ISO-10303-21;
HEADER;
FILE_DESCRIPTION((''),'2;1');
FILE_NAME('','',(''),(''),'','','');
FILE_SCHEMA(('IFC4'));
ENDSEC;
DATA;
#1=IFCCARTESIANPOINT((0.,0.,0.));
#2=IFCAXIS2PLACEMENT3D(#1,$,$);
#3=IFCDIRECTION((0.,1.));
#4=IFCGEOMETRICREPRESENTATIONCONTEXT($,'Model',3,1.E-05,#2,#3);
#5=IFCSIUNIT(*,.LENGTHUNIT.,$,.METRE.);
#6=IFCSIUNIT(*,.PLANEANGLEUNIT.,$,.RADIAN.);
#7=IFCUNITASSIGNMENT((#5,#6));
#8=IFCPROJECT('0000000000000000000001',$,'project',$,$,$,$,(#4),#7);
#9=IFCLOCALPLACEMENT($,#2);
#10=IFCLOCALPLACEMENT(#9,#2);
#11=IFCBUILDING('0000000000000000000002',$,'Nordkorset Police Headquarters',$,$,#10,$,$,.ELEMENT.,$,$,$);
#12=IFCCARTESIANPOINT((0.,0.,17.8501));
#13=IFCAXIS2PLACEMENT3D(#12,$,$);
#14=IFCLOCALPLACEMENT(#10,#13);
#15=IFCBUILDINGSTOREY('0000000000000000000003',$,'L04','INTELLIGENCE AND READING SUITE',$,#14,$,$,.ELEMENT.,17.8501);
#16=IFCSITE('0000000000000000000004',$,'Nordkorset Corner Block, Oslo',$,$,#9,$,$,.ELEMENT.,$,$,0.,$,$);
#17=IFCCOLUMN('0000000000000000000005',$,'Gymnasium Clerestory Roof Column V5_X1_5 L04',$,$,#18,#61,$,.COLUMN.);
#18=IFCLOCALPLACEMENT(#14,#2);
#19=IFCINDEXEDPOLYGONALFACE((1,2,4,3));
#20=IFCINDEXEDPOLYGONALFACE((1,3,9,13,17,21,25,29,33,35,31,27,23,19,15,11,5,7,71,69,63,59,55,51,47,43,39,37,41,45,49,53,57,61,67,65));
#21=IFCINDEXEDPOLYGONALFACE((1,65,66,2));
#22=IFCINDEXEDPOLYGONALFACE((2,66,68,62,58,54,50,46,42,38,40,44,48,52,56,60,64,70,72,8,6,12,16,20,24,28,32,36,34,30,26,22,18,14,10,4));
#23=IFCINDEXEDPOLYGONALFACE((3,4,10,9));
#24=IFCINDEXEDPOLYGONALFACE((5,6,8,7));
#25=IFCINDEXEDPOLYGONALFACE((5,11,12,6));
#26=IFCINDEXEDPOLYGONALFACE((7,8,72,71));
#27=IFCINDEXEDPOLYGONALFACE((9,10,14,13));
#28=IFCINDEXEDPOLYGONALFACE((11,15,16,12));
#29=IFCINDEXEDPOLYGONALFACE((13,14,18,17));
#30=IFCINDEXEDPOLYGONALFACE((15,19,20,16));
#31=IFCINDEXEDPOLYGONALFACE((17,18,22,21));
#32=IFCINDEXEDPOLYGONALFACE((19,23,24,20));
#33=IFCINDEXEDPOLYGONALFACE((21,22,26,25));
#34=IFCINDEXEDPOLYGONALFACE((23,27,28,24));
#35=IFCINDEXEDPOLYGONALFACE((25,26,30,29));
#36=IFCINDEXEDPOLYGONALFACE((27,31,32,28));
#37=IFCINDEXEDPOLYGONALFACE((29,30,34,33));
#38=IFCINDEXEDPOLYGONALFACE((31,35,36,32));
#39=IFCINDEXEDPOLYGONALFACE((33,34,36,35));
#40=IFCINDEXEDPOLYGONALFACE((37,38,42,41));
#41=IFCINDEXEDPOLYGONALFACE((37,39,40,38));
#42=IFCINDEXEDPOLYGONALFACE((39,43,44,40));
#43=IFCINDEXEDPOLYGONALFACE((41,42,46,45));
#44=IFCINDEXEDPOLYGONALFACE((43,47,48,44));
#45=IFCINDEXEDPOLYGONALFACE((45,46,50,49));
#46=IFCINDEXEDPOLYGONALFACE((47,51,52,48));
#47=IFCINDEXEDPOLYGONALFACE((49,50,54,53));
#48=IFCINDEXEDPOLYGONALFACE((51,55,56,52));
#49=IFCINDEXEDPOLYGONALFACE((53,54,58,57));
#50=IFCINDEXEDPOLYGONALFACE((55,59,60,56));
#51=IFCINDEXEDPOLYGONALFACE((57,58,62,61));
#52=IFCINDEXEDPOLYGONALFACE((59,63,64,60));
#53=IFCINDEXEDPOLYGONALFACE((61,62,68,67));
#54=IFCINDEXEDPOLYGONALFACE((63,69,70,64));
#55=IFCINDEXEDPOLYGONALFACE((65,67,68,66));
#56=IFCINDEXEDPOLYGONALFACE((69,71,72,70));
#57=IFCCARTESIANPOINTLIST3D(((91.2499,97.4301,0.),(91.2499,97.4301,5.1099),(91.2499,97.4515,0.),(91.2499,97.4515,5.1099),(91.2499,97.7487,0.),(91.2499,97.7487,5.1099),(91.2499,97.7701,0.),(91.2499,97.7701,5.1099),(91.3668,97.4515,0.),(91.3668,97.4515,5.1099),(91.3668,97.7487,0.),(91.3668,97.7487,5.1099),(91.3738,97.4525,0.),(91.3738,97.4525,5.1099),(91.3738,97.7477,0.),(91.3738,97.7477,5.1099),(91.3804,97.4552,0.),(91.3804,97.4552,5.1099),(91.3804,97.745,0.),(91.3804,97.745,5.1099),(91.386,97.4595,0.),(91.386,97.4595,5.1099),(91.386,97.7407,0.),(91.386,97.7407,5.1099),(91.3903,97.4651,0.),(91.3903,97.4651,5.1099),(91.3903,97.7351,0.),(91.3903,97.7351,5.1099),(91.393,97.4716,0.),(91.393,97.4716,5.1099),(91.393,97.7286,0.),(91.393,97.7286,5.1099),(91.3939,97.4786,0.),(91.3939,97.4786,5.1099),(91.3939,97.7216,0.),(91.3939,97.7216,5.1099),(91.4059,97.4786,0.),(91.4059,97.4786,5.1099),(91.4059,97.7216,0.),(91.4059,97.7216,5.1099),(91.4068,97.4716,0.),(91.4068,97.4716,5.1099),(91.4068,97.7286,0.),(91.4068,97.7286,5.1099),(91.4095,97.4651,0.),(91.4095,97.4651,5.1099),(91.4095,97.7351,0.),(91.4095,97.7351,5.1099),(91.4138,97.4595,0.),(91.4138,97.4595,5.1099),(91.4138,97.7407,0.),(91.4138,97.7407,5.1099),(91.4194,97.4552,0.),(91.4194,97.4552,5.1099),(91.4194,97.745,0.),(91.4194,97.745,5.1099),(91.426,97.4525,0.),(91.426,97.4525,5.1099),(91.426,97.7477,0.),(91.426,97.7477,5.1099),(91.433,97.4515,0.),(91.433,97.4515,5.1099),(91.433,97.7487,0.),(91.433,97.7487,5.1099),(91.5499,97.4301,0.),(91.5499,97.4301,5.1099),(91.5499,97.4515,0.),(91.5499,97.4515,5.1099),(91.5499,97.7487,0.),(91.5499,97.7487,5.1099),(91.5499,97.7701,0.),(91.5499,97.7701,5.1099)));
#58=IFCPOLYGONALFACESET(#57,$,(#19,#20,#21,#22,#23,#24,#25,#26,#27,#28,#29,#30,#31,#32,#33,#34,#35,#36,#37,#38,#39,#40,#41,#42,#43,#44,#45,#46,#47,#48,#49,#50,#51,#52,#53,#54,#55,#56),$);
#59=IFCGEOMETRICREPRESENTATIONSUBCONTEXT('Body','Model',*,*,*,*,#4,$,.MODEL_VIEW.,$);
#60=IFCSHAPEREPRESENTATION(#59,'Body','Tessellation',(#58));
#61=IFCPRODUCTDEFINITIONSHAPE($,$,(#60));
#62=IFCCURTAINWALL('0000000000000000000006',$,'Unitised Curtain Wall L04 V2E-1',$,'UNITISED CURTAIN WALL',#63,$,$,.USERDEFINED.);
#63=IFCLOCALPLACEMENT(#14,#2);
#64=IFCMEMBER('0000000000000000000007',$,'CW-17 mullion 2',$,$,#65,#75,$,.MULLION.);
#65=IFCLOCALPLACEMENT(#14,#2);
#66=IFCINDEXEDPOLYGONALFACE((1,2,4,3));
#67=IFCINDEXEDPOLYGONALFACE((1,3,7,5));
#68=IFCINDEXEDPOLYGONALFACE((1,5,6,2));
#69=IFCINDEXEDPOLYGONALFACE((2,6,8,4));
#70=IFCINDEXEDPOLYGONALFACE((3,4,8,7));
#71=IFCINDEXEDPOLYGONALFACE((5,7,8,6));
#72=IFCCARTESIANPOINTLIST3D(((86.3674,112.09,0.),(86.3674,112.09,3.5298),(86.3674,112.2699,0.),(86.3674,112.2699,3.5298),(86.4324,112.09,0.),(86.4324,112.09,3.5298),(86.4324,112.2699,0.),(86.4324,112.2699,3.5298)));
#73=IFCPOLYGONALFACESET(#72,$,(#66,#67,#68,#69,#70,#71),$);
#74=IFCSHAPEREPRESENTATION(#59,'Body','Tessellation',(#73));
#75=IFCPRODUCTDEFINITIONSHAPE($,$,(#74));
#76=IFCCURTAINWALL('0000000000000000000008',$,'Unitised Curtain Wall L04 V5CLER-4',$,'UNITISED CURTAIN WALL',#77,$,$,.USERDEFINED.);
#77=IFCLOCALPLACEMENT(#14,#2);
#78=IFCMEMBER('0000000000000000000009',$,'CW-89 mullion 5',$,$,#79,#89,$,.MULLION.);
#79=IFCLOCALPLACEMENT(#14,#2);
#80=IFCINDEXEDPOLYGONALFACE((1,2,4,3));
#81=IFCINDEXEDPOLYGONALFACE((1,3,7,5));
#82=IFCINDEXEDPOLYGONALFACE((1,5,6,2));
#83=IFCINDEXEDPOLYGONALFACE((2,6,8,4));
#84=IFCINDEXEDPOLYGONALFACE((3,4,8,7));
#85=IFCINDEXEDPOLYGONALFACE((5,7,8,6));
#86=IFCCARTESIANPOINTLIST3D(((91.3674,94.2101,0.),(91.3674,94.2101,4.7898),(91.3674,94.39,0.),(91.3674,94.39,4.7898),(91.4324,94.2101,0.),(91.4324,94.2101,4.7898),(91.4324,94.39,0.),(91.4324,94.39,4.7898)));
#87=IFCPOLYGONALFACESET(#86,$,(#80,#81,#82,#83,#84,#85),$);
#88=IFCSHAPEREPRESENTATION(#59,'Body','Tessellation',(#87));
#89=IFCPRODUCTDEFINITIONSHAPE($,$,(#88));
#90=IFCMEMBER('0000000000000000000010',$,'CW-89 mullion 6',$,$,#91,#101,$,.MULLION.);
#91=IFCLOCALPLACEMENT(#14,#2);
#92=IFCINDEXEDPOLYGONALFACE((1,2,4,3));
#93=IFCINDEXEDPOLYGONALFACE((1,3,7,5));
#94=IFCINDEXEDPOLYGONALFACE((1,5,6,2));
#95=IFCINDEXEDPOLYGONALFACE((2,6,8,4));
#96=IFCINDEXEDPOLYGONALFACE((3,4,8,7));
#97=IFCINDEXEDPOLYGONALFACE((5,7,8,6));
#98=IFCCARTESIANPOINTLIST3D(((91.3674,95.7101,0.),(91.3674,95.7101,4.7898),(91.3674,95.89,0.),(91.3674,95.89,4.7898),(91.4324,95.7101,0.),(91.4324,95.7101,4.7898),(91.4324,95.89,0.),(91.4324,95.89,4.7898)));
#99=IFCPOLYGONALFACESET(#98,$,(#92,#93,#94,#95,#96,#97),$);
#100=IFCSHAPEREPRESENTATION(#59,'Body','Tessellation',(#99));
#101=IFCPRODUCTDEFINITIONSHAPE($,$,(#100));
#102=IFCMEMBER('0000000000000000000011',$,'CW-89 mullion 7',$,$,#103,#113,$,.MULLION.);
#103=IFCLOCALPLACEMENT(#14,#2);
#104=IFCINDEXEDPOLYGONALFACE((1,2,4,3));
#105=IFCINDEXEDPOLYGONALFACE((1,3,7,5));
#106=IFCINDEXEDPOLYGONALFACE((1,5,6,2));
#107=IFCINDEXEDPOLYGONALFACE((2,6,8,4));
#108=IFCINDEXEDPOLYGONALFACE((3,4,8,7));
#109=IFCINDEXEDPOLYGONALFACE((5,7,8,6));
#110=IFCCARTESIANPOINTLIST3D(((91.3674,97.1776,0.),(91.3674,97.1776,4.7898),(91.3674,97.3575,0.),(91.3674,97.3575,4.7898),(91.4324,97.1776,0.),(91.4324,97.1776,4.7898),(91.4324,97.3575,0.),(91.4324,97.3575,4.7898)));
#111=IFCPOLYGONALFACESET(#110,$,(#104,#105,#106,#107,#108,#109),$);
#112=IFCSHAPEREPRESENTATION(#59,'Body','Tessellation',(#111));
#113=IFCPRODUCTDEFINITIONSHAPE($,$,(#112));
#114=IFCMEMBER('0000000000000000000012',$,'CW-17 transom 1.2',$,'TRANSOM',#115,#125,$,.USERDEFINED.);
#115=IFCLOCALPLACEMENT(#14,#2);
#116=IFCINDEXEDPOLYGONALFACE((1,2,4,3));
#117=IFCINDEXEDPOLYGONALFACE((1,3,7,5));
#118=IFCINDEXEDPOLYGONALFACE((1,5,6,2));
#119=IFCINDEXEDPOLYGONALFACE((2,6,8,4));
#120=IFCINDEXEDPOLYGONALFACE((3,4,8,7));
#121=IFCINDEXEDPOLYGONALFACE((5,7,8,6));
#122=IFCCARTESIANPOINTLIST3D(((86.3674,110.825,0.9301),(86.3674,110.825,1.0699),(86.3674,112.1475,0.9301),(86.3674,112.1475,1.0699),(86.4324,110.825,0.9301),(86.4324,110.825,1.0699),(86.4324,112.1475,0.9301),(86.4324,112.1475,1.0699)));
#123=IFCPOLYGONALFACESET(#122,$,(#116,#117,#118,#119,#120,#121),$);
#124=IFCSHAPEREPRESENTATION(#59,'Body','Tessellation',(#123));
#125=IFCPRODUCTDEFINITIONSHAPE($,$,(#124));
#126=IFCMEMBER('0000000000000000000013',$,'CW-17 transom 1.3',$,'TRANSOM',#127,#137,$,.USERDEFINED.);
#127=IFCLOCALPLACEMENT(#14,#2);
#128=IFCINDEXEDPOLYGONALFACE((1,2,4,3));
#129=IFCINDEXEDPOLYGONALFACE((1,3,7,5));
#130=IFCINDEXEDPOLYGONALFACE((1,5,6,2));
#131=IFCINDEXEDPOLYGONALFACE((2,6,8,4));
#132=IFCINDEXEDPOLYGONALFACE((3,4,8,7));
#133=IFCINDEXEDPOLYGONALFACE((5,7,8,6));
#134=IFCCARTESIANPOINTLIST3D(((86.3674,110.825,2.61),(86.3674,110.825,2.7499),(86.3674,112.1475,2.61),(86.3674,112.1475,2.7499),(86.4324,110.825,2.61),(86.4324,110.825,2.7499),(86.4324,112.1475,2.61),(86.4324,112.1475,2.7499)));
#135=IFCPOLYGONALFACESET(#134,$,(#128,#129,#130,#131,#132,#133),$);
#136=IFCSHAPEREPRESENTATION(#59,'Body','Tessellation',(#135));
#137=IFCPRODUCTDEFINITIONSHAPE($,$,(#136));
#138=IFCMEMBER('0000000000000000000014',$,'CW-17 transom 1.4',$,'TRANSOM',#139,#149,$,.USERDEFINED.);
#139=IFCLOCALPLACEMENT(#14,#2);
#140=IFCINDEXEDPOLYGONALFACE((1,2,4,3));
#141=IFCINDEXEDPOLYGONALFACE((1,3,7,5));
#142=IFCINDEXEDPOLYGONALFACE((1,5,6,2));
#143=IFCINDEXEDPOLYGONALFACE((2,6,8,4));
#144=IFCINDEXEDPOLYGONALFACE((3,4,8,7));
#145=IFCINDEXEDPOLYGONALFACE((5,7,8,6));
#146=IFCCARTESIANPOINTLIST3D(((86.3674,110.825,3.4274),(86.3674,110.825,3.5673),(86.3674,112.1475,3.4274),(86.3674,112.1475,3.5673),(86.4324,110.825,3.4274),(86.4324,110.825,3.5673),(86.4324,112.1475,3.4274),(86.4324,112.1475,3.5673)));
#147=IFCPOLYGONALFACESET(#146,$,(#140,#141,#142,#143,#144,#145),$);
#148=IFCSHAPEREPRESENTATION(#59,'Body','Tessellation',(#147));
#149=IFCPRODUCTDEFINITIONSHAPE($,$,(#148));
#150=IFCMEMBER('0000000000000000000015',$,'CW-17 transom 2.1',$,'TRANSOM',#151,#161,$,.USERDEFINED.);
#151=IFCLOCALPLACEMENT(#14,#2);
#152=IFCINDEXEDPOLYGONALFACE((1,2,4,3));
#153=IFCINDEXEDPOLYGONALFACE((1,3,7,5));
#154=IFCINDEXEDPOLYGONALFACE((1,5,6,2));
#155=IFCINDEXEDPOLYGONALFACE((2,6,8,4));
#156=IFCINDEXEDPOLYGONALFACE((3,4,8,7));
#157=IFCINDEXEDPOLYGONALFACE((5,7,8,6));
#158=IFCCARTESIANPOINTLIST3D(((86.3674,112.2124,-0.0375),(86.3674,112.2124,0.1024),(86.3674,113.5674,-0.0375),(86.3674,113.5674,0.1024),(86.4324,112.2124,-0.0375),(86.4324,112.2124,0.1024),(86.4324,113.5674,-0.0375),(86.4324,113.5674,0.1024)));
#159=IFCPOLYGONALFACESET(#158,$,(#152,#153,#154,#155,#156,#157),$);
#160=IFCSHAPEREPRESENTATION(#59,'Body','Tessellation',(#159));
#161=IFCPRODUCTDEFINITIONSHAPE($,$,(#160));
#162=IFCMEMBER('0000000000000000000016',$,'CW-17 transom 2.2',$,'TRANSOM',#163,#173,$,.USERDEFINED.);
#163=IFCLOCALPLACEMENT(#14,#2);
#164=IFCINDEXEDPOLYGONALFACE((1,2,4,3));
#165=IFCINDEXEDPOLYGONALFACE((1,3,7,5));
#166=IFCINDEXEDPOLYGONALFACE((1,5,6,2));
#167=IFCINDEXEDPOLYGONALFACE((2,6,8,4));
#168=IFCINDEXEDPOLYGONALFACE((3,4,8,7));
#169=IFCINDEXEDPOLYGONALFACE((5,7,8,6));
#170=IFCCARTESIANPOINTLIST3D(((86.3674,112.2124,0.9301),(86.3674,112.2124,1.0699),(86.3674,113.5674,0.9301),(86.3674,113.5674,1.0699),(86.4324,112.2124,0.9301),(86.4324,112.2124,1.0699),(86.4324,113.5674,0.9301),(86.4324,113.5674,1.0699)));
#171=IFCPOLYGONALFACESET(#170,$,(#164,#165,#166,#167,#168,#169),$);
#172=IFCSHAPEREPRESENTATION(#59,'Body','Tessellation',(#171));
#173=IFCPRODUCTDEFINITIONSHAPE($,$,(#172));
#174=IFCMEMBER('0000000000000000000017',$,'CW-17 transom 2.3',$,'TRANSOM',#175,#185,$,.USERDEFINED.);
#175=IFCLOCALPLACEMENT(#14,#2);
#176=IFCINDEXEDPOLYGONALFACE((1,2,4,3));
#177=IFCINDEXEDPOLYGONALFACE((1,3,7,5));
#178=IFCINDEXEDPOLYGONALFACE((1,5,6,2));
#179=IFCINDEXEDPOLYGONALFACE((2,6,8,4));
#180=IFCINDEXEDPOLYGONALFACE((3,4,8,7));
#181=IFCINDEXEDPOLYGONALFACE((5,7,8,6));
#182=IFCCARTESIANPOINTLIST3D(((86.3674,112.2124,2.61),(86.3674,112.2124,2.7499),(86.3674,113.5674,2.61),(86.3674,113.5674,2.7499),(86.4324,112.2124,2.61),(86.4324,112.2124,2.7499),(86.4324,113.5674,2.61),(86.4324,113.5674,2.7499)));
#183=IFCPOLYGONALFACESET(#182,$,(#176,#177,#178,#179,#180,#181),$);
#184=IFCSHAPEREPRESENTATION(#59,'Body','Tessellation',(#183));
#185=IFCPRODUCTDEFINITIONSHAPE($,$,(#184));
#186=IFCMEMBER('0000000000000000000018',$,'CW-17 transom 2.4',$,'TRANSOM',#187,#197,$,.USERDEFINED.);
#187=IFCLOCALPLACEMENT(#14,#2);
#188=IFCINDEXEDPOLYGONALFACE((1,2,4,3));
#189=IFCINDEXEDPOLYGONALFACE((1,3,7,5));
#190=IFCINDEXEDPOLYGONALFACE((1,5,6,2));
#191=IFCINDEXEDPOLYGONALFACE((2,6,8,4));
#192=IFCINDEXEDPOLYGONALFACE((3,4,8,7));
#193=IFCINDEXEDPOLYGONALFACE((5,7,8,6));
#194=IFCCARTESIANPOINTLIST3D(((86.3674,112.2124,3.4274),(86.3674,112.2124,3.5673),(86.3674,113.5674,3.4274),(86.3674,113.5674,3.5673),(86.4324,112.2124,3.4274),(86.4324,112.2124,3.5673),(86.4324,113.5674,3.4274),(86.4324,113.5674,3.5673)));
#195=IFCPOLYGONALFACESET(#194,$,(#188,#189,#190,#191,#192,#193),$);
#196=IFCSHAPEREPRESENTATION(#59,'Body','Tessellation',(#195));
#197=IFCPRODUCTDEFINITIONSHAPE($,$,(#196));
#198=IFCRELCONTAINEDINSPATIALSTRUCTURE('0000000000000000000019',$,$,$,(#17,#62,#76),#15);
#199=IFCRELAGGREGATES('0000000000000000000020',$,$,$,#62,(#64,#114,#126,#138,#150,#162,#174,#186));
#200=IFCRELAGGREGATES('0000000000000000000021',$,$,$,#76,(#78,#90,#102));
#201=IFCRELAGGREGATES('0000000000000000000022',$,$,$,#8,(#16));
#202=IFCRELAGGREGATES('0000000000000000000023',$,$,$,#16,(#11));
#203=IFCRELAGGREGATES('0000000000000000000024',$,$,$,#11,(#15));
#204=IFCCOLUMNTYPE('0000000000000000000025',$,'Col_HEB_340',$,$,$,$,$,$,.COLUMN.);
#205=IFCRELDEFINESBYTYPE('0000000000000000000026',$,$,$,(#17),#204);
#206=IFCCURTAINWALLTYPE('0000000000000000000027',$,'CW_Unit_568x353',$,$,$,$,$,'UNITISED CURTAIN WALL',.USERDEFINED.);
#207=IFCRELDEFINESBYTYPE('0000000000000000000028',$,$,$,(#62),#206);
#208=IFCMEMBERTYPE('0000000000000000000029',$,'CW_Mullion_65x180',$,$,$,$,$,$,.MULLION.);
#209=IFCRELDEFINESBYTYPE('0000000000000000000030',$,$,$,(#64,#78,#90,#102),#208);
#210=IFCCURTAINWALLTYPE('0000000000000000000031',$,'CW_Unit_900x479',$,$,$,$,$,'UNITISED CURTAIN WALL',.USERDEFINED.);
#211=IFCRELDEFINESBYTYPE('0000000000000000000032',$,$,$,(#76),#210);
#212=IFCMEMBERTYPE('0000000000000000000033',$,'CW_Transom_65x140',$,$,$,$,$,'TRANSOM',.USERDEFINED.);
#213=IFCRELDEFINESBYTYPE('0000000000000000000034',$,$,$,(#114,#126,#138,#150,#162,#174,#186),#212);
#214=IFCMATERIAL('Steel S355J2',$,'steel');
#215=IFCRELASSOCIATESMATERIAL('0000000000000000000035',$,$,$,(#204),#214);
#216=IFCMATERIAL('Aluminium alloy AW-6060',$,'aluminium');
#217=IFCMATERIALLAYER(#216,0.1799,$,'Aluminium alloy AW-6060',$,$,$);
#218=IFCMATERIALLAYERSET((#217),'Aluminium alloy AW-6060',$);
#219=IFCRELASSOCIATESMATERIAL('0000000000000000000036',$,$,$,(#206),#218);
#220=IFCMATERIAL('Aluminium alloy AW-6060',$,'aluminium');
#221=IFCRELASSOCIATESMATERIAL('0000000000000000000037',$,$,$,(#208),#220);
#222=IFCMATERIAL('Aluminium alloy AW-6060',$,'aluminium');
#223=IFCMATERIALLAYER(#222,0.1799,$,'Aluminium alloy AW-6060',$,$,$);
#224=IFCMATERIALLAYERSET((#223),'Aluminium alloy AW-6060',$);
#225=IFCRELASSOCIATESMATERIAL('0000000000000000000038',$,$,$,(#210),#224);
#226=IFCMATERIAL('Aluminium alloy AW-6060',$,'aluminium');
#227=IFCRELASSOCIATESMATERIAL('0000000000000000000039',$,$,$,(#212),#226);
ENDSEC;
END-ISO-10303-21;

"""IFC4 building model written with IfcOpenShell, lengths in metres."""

from ifc_helpers import new_model, si_unit, direction, frame, origin, origin_2d, place, context, subcontext, project, spatial, rectangle, i_section, extrude, material, layer, layer_set, material_profile, profile_set, type_object, element, aggregate, save


model = new_model("IFC4")

# Units and contexts
model_context = context("Model", 3, precision=1e-05, world=origin(), true_north=direction((0.0, 1.0)))
body_context = subcontext(model_context, "Body", "Model", "MODEL_VIEW")
ifc_project = project(units=[si_unit("LENGTHUNIT", "METRE"), si_unit("PLANEANGLEUNIT", "RADIAN")], contexts=[model_context])

# Site, building, storey
site_placement = place(None, origin())
site = spatial("IfcSite", under=ifc_project, at=site_placement, Name="Nordkorset Corner Block, Oslo", CompositionType="ELEMENT", RefElevation=0.0)
building_placement = place(site_placement, origin())
building = spatial("IfcBuilding", under=site, at=building_placement, Name="Nordkorset Police Headquarters", CompositionType="ELEMENT")
storey_placement = place(building_placement, frame((0.0, 0.0, 17.8501)))
storey = spatial("IfcBuildingStorey", under=building, at=storey_placement, Name="L04", Description="INTELLIGENCE AND READING SUITE", CompositionType="ELEMENT", Elevation=17.8501)

# Column
ifc_material_1 = material(Name="Steel S355J2", Category="steel")
ifc_material_profile_1 = material_profile(ifc_material_1, i_section(OverallWidth=0.3, OverallDepth=0.3401, WebThickness=0.012, FlangeThickness=0.0215, FilletRadius=0.0271, at=origin_2d()), Name="HEB 340")
ifc_profile_set_1 = profile_set([ifc_material_profile_1], Name="Steel S355J2")
column_type = type_object("IfcColumnType", Name="Col_HEB_340", PredefinedType="COLUMN", material=ifc_profile_set_1)
column_placement = place(storey_placement, frame((91.3999, 97.6001, 0.0), z_axis=(0.0, 0.0, 1.0), x_axis=(1.0, 0.0, 0.0)))
element("IfcColumn", 1, at=column_placement, inside=storey, type_object=column_type, Name="Gymnasium Clerestory Roof Column V5_X1_5 L04", PredefinedType="COLUMN", context=body_context, shape_type="SweptSolid", body=[
    extrude(i_section(OverallWidth=0.3, OverallDepth=0.3401, WebThickness=0.012, FlangeThickness=0.0215, FilletRadius=0.0271, at=origin_2d()), origin(), (0.0, 0.0, 1.0), 5.1099),
])

# Curtain wall, member
ifc_material_2 = material(Name="Aluminium alloy AW-6060", Category="aluminium")
ifc_layer_1 = layer(ifc_material_2, 0.1799, Name="Aluminium alloy AW-6060")
ifc_layer_set_1 = layer_set([ifc_layer_1], Name="Aluminium alloy AW-6060")
curtain_wall_type_1 = type_object("IfcCurtainWallType", Name="CW_Unit_568x353", ElementType="UNITISED CURTAIN WALL", PredefinedType="USERDEFINED", material=ifc_layer_set_1)
curtain_wall_1_placement = place(storey_placement, origin())
curtain_wall_1 = element("IfcCurtainWall", 2, at=curtain_wall_1_placement, inside=storey, type_object=curtain_wall_type_1, Name="Unitised Curtain Wall L04 V2E-1", ObjectType="UNITISED CURTAIN WALL", PredefinedType="USERDEFINED")
ifc_material_3 = material(Name="Aluminium alloy AW-6060", Category="aluminium")
ifc_material_profile_2 = material_profile(ifc_material_3, rectangle(XDim=0.0649, YDim=0.1799, at=origin_2d()), Name="ALU MULL 65x180")
ifc_profile_set_2 = profile_set([ifc_material_profile_2], Name="Aluminium alloy AW-6060")
member_type_1 = type_object("IfcMemberType", Name="CW_Mullion_65x180", PredefinedType="MULLION", material=ifc_profile_set_2)
member_1_placement = place(storey_placement, frame((86.3999, 112.1799, 0.0), z_axis=(0.0, 0.0, 1.0), x_axis=(-1.0, 0.0, 0.0)))
member_1 = element("IfcMember", 3, at=member_1_placement, type_object=member_type_1, Name="CW-17 mullion 2", PredefinedType="MULLION", context=body_context, shape_type="SweptSolid", body=[
    extrude(rectangle(XDim=0.0649, YDim=0.1799, at=origin_2d()), origin(), (0.0, 0.0, 1.0), 3.5298),
])

# Curtain wall, members
ifc_material_4 = material(Name="Aluminium alloy AW-6060", Category="aluminium")
ifc_layer_2 = layer(ifc_material_4, 0.1799, Name="Aluminium alloy AW-6060")
ifc_layer_set_2 = layer_set([ifc_layer_2], Name="Aluminium alloy AW-6060")
curtain_wall_type_2 = type_object("IfcCurtainWallType", Name="CW_Unit_900x479", ElementType="UNITISED CURTAIN WALL", PredefinedType="USERDEFINED", material=ifc_layer_set_2)
curtain_wall_2_placement = place(storey_placement, origin())
curtain_wall_2 = element("IfcCurtainWall", 4, at=curtain_wall_2_placement, inside=storey, type_object=curtain_wall_type_2, Name="Unitised Curtain Wall L04 V5CLER-4", ObjectType="UNITISED CURTAIN WALL", PredefinedType="USERDEFINED")
member_2_placement = place(storey_placement, frame((91.3999, 94.3, 0.0), z_axis=(0.0, 0.0, 1.0), x_axis=(-1.0, 0.0, 0.0)))
member_2 = element("IfcMember", 5, at=member_2_placement, type_object=member_type_1, Name="CW-89 mullion 5", PredefinedType="MULLION", context=body_context, shape_type="SweptSolid", body=[
    extrude(rectangle(XDim=0.0649, YDim=0.1799, at=origin_2d()), origin(), (0.0, 0.0, 1.0), 4.7898),
])
member_3_placement = place(storey_placement, frame((91.3999, 95.8, 0.0), z_axis=(0.0, 0.0, 1.0), x_axis=(-1.0, 0.0, 0.0)))
member_3 = element("IfcMember", 6, at=member_3_placement, type_object=member_type_1, Name="CW-89 mullion 6", PredefinedType="MULLION", context=body_context, shape_type="SweptSolid", body=[
    extrude(rectangle(XDim=0.0649, YDim=0.1799, at=origin_2d()), origin(), (0.0, 0.0, 1.0), 4.7898),
])
member_4_placement = place(storey_placement, frame((91.3999, 97.2676, 0.0), z_axis=(0.0, 0.0, 1.0), x_axis=(-1.0, 0.0, 0.0)))
member_4 = element("IfcMember", 7, at=member_4_placement, type_object=member_type_1, Name="CW-89 mullion 7", PredefinedType="MULLION", context=body_context, shape_type="SweptSolid", body=[
    extrude(rectangle(XDim=0.0649, YDim=0.1799, at=origin_2d()), origin(), (0.0, 0.0, 1.0), 4.7898),
])

# Members
ifc_material_5 = material(Name="Aluminium alloy AW-6060", Category="aluminium")
ifc_material_profile_3 = material_profile(ifc_material_5, rectangle(XDim=0.0649, YDim=0.1399, at=origin_2d()), Name="ALU TRAN 65x140")
ifc_profile_set_3 = profile_set([ifc_material_profile_3], Name="Aluminium alloy AW-6060")
member_type_2 = type_object("IfcMemberType", Name="CW_Transom_65x140", ElementType="TRANSOM", PredefinedType="USERDEFINED", material=ifc_profile_set_3)
member_5_placement = place(storey_placement, frame((86.3999, 110.825, 1.0), z_axis=(0.0, 1.0, 0.0), x_axis=(-1.0, 0.0, 0.0)))
member_5 = element("IfcMember", 8, at=member_5_placement, type_object=member_type_2, Name="CW-17 transom 1.2", ObjectType="TRANSOM", PredefinedType="USERDEFINED", context=body_context, shape_type="SweptSolid", body=[
    extrude(rectangle(XDim=0.0649, YDim=0.1399, at=origin_2d()), origin(), (0.0, 0.0, 1.0), 1.3225),
])
member_6_placement = place(storey_placement, frame((86.3999, 110.825, 2.6799), z_axis=(0.0, 1.0, 0.0), x_axis=(-1.0, 0.0, 0.0)))
member_6 = element("IfcMember", 9, at=member_6_placement, type_object=member_type_2, Name="CW-17 transom 1.3", ObjectType="TRANSOM", PredefinedType="USERDEFINED", context=body_context, shape_type="SweptSolid", body=[
    extrude(rectangle(XDim=0.0649, YDim=0.1399, at=origin_2d()), origin(), (0.0, 0.0, 1.0), 1.3225),
])
member_7_placement = place(storey_placement, frame((86.3999, 110.825, 3.4973), z_axis=(0.0, 1.0, 0.0), x_axis=(-1.0, 0.0, 0.0)))
member_7 = element("IfcMember", 10, at=member_7_placement, type_object=member_type_2, Name="CW-17 transom 1.4", ObjectType="TRANSOM", PredefinedType="USERDEFINED", context=body_context, shape_type="SweptSolid", body=[
    extrude(rectangle(XDim=0.0649, YDim=0.1399, at=origin_2d()), origin(), (0.0, 0.0, 1.0), 1.3225),
])
member_8_placement = place(storey_placement, frame((86.3999, 112.2124, 0.0325), z_axis=(0.0, 1.0, 0.0), x_axis=(-1.0, 0.0, 0.0)))
member_8 = element("IfcMember", 11, at=member_8_placement, type_object=member_type_2, Name="CW-17 transom 2.1", ObjectType="TRANSOM", PredefinedType="USERDEFINED", context=body_context, shape_type="SweptSolid", body=[
    extrude(rectangle(XDim=0.0649, YDim=0.1399, at=origin_2d()), origin(), (0.0, 0.0, 1.0), 1.355),
])
member_9_placement = place(storey_placement, frame((86.3999, 112.2124, 1.0), z_axis=(0.0, 1.0, 0.0), x_axis=(-1.0, 0.0, 0.0)))
member_9 = element("IfcMember", 12, at=member_9_placement, type_object=member_type_2, Name="CW-17 transom 2.2", ObjectType="TRANSOM", PredefinedType="USERDEFINED", context=body_context, shape_type="SweptSolid", body=[
    extrude(rectangle(XDim=0.0649, YDim=0.1399, at=origin_2d()), origin(), (0.0, 0.0, 1.0), 1.355),
])
member_10_placement = place(storey_placement, frame((86.3999, 112.2124, 2.6799), z_axis=(0.0, 1.0, 0.0), x_axis=(-1.0, 0.0, 0.0)))
member_10 = element("IfcMember", 13, at=member_10_placement, type_object=member_type_2, Name="CW-17 transom 2.3", ObjectType="TRANSOM", PredefinedType="USERDEFINED", context=body_context, shape_type="SweptSolid", body=[
    extrude(rectangle(XDim=0.0649, YDim=0.1399, at=origin_2d()), origin(), (0.0, 0.0, 1.0), 1.355),
])
member_11_placement = place(storey_placement, frame((86.3999, 112.2124, 3.4973), z_axis=(0.0, 1.0, 0.0), x_axis=(-1.0, 0.0, 0.0)))
member_11 = element("IfcMember", 14, at=member_11_placement, type_object=member_type_2, Name="CW-17 transom 2.4", ObjectType="TRANSOM", PredefinedType="USERDEFINED", context=body_context, shape_type="SweptSolid", body=[
    extrude(rectangle(XDim=0.0649, YDim=0.1399, at=origin_2d()), origin(), (0.0, 0.0, 1.0), 1.355),
])

aggregate(curtain_wall_1, [member_1, member_5, member_6, member_7, member_8, member_9, member_10, member_11])
aggregate(curtain_wall_2, [member_2, member_3, member_4])

save(model, "model.ifc")
